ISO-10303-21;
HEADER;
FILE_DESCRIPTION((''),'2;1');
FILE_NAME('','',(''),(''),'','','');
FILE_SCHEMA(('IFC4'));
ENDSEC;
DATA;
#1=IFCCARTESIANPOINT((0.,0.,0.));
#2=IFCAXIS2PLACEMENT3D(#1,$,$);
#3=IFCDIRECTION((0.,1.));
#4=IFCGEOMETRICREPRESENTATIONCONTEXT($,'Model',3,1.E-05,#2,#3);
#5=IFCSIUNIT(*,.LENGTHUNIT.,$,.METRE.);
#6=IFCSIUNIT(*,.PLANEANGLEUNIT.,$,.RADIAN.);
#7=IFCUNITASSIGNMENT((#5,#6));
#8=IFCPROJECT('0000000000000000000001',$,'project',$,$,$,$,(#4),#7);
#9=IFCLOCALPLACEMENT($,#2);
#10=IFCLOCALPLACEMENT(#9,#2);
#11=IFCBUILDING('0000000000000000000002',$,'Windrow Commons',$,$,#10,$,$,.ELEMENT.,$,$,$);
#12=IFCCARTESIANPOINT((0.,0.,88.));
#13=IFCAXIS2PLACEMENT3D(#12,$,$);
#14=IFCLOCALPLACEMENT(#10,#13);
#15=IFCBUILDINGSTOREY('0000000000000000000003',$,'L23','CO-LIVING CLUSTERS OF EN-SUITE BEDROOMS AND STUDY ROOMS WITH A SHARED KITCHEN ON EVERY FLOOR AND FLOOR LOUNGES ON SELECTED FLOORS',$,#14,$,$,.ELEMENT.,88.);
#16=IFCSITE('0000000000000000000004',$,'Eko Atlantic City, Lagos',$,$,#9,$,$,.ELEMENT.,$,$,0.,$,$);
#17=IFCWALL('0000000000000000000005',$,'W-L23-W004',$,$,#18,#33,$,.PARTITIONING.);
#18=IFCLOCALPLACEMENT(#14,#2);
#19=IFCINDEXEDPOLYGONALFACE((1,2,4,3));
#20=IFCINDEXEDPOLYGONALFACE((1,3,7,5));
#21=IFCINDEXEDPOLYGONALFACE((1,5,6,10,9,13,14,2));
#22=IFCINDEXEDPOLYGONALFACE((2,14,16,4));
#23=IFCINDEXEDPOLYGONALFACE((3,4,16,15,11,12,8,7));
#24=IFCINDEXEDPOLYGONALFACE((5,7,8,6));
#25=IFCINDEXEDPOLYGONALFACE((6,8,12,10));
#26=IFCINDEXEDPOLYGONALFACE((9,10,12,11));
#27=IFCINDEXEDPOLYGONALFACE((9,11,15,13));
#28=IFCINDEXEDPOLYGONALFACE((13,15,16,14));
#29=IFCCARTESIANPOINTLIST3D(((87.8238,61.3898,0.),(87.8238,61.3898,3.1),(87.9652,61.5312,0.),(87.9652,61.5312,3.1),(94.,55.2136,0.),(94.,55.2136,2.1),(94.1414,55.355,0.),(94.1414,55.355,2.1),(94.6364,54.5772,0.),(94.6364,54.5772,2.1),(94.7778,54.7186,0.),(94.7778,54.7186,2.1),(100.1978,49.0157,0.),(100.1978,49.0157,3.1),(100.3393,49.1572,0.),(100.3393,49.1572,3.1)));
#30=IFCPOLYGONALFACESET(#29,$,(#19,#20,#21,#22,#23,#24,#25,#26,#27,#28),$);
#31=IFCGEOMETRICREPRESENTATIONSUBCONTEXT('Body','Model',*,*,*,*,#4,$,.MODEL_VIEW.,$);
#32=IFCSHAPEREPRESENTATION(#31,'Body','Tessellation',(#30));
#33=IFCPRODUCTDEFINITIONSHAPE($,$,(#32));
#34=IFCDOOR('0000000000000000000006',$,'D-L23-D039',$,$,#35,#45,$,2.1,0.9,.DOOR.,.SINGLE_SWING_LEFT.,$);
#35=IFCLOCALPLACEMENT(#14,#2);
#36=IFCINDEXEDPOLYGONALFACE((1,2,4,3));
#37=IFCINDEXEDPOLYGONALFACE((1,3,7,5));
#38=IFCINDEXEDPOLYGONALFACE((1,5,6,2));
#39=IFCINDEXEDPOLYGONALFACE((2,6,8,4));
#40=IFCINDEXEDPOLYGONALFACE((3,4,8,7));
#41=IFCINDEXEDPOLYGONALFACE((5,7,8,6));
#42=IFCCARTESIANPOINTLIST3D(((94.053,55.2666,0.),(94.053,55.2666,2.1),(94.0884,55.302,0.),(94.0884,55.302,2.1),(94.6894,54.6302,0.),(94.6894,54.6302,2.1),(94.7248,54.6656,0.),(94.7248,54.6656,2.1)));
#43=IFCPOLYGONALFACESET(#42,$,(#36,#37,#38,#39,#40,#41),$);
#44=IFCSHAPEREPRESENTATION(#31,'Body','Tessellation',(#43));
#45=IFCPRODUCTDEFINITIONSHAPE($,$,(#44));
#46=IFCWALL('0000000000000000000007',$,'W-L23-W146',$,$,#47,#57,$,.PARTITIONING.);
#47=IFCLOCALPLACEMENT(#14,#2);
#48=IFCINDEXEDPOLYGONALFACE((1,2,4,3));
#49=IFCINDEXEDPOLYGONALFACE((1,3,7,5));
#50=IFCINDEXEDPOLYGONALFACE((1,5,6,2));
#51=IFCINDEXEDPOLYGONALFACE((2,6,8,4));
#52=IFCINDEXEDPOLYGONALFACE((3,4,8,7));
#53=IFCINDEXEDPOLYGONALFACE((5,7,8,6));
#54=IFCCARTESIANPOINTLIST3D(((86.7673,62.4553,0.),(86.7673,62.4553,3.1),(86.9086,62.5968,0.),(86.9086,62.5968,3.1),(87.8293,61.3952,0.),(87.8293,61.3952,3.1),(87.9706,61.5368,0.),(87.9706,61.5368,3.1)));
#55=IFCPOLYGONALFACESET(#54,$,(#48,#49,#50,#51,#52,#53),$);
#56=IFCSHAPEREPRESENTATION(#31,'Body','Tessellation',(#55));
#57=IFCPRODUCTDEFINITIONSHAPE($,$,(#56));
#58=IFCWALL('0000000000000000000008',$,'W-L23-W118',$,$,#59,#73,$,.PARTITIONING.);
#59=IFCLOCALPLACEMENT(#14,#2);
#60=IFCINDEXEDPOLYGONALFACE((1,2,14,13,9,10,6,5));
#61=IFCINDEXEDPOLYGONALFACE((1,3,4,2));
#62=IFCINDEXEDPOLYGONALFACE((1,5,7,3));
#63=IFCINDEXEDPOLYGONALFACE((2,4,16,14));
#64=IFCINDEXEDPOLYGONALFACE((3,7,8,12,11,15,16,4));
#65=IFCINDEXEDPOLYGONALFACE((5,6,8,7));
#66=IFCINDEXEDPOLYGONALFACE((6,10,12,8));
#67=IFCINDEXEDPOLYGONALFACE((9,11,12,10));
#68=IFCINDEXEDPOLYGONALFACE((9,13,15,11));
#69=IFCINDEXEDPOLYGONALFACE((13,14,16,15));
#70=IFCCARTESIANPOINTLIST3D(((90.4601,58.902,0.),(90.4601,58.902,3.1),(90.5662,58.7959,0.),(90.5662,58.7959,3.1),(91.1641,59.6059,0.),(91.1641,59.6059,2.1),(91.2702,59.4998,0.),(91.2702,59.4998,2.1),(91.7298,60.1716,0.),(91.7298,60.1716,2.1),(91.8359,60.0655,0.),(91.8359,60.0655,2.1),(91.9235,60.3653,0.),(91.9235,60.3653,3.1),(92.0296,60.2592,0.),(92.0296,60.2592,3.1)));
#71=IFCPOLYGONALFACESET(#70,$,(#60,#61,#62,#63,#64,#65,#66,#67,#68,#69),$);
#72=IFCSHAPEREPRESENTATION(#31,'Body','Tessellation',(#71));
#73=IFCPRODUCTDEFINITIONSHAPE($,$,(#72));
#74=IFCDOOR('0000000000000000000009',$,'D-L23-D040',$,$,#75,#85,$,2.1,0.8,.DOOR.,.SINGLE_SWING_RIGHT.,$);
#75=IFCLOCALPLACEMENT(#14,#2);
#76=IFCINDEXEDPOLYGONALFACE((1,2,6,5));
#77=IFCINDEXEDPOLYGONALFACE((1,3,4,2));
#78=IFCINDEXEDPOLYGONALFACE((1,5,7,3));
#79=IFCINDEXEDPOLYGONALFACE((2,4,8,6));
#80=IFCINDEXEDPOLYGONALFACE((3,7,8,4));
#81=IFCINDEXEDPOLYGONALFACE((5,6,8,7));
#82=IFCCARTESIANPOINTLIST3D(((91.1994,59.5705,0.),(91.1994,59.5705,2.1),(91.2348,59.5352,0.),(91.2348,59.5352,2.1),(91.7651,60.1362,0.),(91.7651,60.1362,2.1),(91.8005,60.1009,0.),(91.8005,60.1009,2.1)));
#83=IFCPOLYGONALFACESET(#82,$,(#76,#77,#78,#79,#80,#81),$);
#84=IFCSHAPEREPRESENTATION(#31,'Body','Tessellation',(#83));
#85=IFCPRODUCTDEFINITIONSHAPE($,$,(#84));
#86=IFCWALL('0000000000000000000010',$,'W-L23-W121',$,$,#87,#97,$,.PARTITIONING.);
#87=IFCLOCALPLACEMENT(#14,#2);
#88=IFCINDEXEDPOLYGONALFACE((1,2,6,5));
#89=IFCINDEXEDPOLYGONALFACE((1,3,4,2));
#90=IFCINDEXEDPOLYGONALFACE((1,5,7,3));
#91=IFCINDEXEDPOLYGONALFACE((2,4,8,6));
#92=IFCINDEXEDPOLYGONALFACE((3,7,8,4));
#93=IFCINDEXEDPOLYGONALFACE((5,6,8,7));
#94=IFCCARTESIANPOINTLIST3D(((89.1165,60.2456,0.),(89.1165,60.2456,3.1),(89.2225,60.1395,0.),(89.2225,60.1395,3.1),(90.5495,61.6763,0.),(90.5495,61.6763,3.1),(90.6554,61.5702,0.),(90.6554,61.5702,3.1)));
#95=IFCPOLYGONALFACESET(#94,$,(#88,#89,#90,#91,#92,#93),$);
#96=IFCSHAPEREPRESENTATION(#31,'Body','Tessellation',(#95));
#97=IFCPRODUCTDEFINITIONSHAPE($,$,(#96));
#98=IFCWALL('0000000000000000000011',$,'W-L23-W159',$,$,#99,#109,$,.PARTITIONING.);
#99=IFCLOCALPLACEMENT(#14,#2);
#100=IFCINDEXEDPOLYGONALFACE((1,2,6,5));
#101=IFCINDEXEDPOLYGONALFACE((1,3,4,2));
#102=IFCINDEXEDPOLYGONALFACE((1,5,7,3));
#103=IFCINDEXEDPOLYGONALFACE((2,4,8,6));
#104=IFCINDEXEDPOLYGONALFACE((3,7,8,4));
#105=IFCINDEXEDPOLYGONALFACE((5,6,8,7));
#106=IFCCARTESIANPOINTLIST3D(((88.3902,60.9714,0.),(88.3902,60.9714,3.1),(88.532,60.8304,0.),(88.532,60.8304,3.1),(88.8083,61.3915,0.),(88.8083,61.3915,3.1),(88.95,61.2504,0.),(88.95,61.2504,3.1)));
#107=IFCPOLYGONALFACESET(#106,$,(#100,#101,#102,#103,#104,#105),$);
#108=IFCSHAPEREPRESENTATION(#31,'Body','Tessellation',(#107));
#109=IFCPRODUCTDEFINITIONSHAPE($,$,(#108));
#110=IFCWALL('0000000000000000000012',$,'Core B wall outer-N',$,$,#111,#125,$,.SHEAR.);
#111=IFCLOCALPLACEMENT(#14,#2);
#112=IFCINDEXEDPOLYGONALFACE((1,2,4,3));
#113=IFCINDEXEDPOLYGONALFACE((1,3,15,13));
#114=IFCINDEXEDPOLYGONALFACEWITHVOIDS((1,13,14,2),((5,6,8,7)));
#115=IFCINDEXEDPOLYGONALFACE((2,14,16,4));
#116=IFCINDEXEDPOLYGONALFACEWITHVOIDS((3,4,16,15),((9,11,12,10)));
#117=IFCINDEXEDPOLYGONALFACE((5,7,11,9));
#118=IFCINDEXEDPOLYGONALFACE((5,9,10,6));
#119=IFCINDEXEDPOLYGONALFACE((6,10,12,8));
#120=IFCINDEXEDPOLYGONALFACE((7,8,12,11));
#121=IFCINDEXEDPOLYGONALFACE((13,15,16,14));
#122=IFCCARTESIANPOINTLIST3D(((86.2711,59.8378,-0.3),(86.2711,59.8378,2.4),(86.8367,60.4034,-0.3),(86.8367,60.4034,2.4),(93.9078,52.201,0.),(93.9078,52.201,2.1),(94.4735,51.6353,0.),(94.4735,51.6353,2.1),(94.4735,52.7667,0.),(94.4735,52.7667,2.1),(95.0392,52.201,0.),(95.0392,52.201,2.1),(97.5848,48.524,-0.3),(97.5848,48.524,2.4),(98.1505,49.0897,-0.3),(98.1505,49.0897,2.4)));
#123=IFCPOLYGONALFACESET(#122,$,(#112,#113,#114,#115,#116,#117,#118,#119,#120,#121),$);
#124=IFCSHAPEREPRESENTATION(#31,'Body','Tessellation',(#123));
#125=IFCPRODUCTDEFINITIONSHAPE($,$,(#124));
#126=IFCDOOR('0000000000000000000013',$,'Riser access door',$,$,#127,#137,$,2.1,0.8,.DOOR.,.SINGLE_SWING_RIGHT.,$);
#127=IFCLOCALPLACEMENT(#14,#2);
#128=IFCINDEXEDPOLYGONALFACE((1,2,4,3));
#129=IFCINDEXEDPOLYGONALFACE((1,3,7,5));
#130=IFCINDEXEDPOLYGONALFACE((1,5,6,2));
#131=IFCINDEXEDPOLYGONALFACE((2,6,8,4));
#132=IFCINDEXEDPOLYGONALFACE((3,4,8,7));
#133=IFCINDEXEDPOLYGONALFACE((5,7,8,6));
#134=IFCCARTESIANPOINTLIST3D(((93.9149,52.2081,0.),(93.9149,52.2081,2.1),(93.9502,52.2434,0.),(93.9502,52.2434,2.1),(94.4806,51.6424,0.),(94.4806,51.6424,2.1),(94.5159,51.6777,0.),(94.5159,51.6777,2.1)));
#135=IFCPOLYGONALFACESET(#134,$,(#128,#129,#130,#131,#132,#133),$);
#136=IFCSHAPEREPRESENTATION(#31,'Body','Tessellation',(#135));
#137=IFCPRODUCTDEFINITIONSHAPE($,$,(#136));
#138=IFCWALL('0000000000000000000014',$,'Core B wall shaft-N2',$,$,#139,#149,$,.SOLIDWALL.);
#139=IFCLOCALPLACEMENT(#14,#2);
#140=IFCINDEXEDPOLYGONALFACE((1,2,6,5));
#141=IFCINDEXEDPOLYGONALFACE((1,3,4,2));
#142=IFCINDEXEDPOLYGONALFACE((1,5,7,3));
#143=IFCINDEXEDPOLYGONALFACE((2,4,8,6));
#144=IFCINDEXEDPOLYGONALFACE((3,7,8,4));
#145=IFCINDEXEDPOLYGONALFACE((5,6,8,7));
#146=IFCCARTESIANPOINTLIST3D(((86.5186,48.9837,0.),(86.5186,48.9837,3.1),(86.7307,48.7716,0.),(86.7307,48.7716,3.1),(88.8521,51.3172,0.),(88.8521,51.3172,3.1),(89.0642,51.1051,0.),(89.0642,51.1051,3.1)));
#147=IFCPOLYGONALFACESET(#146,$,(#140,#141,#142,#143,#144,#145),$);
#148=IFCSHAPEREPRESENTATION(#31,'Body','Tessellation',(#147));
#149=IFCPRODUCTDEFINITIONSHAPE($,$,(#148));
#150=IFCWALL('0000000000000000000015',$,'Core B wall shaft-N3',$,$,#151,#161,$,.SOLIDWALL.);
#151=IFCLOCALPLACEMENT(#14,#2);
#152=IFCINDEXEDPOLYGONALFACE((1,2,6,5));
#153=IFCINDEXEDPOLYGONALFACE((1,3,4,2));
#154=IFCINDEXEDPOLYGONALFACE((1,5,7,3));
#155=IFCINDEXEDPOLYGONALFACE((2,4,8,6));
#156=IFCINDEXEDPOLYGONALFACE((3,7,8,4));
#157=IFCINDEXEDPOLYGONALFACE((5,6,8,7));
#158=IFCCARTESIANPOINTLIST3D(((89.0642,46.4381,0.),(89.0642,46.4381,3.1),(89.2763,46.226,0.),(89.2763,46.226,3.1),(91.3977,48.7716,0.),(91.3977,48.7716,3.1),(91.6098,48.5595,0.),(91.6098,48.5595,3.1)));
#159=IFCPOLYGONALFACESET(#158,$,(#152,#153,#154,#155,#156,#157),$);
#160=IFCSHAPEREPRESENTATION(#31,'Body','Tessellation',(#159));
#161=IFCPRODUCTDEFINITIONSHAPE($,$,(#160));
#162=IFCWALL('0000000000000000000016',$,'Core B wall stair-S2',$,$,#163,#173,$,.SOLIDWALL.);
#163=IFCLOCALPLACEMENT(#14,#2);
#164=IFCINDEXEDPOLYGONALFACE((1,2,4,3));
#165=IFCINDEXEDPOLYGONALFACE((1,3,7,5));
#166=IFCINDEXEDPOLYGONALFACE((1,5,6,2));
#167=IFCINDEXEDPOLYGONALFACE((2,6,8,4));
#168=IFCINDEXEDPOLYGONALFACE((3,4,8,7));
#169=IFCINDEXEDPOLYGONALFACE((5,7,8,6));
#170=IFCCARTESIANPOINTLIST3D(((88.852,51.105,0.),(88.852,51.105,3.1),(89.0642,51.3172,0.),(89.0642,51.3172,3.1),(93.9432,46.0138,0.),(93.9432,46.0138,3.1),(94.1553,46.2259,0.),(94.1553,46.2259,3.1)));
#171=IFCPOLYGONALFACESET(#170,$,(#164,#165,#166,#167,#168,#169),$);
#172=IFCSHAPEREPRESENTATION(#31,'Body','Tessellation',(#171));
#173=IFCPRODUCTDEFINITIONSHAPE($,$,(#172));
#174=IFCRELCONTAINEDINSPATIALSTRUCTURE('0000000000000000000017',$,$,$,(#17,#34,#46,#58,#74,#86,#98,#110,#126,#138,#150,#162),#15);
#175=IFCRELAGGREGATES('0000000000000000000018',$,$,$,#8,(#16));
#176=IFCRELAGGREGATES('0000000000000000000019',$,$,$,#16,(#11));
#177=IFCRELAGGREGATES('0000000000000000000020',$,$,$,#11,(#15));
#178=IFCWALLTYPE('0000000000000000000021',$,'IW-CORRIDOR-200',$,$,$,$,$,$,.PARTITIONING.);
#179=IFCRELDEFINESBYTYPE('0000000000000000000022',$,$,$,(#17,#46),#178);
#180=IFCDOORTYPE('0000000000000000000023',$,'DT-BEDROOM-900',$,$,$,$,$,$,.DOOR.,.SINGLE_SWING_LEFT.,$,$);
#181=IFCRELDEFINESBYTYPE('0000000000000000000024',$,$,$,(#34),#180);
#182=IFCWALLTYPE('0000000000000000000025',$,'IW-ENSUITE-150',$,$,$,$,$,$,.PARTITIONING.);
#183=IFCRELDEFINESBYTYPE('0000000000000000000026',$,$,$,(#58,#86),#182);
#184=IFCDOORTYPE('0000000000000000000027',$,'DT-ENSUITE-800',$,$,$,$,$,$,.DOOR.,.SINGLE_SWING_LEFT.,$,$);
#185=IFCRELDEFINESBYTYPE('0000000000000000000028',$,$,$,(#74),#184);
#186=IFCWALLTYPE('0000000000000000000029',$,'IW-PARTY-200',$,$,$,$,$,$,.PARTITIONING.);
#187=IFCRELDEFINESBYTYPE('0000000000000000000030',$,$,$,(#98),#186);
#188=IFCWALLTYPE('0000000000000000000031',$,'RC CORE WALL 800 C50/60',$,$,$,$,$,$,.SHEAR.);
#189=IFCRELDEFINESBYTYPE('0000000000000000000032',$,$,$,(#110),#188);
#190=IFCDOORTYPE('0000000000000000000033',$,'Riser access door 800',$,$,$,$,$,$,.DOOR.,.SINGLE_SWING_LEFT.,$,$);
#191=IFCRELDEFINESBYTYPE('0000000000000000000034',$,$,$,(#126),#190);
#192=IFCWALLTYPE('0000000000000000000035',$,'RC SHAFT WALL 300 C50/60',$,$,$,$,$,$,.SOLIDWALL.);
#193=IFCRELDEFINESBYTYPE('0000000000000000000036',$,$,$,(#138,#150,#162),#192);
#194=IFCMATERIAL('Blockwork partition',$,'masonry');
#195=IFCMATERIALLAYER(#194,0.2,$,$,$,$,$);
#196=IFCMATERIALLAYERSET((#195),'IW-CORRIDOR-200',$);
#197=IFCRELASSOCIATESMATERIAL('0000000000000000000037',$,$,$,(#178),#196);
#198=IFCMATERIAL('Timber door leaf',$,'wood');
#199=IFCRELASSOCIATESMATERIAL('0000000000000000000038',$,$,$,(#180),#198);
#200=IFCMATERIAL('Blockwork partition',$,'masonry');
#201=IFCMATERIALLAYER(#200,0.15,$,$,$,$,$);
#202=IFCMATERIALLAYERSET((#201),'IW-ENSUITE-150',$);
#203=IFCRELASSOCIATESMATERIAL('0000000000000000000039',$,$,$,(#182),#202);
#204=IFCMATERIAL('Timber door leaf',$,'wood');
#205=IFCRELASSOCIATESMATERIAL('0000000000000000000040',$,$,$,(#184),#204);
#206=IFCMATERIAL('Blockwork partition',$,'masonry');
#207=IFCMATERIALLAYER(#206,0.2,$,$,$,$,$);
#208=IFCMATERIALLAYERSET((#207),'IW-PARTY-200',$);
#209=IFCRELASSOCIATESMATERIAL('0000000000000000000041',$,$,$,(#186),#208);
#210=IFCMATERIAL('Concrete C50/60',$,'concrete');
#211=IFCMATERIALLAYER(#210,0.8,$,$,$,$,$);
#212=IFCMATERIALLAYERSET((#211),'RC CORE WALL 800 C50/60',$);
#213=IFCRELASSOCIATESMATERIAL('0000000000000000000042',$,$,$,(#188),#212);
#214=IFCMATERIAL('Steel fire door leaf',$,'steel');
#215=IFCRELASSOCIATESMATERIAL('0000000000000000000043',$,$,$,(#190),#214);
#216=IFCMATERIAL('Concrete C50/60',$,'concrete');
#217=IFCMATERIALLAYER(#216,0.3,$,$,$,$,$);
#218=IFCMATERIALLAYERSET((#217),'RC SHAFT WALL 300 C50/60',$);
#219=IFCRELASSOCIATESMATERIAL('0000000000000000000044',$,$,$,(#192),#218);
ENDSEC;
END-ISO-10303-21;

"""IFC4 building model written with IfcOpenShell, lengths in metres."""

from ifc_helpers import new_model, si_unit, direction, frame, frame_2d, origin, place, context, subcontext, project, spatial, rectangle, extrude, material, layer, layer_set, type_object, element, fill, save


model = new_model("IFC4")

# Units and contexts
model_context = context("Model", 3, precision=1e-05, world=origin(), true_north=direction((0.0, 1.0)))
body_context = subcontext(model_context, "Body", "Model", "MODEL_VIEW")
ifc_project = project(units=[si_unit("LENGTHUNIT", "METRE"), si_unit("PLANEANGLEUNIT", "RADIAN")], contexts=[model_context])

# Site, building, storey
site_placement = place(None, origin())
site = spatial("IfcSite", under=ifc_project, at=site_placement, Name="Eko Atlantic City, Lagos", CompositionType="ELEMENT", RefElevation=0.0)
building_placement = place(site_placement, origin())
building = spatial("IfcBuilding", under=site, at=building_placement, Name="Windrow Commons", CompositionType="ELEMENT")
storey_placement = place(building_placement, frame((0.0, 0.0, 88.0)))
storey = spatial("IfcBuildingStorey", under=building, at=storey_placement, Name="L23", Description="CO-LIVING CLUSTERS OF EN-SUITE BEDROOMS AND STUDY ROOMS WITH A SHARED KITCHEN ON EVERY FLOOR AND FLOOR LOUNGES ON SELECTED FLOORS", CompositionType="ELEMENT", Elevation=88.0)

# Wall, opening, door
ifc_material_1 = material(Name="Blockwork partition", Category="masonry")
ifc_layer_1 = layer(ifc_material_1, 0.2)
ifc_layer_set_1 = layer_set([ifc_layer_1], Name="IW-CORRIDOR-200")
wall_type_1 = type_object("IfcWallType", Name="IW-CORRIDOR-200", PredefinedType="PARTITIONING", material=ifc_layer_set_1)
wall_1_placement = place(storey_placement, frame((87.8945, 61.4605, 0.0), z_axis=(0.0, 0.0, 1.0), x_axis=(0.707107, -0.707107, 0.0)))
wall_1 = element("IfcWall", 1, at=wall_1_placement, inside=storey, type_object=wall_type_1, Name="W-L23-W004", PredefinedType="PARTITIONING", context=body_context, shape_type="SweptSolid", body=[
    extrude(rectangle(XDim=17.4995, YDim=0.2, at=frame_2d((8.7498, 0.0))), origin(), (0.0, 0.0, 1.0), 3.1),
])
opening_1_placement = place(wall_1_placement, frame((8.7345, 0.0, 0.0)))
opening_1 = element("IfcOpeningElement", 2, at=opening_1_placement, cuts=wall_1, PredefinedType="OPENING", context=body_context, shape_type="SweptSolid", body=[
    extrude(rectangle(XDim=0.9, YDim=2.1, at=frame_2d((0.45, 1.05))), frame((0.0, 0.11, 0.0), z_axis=(0.0, -1.0, 0.0), x_axis=(1.0, 0.0, 0.0)), (0.0, 0.0, 1.0), 0.22),
])
ifc_material_2 = material(Name="Timber door leaf", Category="wood")
door_type_1 = type_object("IfcDoorType", Name="DT-BEDROOM-900", OperationType="SINGLE_SWING_LEFT", PredefinedType="DOOR", material=ifc_material_2)
door_1_placement = place(opening_1_placement, origin())
door_1 = element("IfcDoor", 3, at=door_1_placement, inside=storey, type_object=door_type_1, Name="D-L23-D039", OperationType="SINGLE_SWING_LEFT", OverallHeight=2.1, OverallWidth=0.9, PredefinedType="DOOR", context=body_context, shape_type="SweptSolid", body=[
    extrude(rectangle(XDim=0.9, YDim=2.1, at=frame_2d((0.45, 1.05))), frame((0.0, 0.025, 0.0), z_axis=(0.0, -1.0, 0.0), x_axis=(1.0, 0.0, 0.0)), (0.0, 0.0, 1.0), 0.05),
])
fill(opening_1, door_1)

# Wall
wall_2_placement = place(storey_placement, frame((86.838, 62.526, 0.0), z_axis=(0.0, 0.0, 1.0), x_axis=(0.707773, -0.70644, 0.0)))
element("IfcWall", 4, at=wall_2_placement, inside=storey, type_object=wall_type_1, Name="W-L23-W146", PredefinedType="PARTITIONING", context=body_context, shape_type="SweptSolid", body=[
    extrude(rectangle(XDim=1.5005, YDim=0.2, at=frame_2d((0.7502, 0.0))), origin(), (0.0, 0.0, 1.0), 3.1),
])

# Wall, opening, door
ifc_material_3 = material(Name="Blockwork partition", Category="masonry")
ifc_layer_2 = layer(ifc_material_3, 0.15)
ifc_layer_set_2 = layer_set([ifc_layer_2], Name="IW-ENSUITE-150")
wall_type_2 = type_object("IfcWallType", Name="IW-ENSUITE-150", PredefinedType="PARTITIONING", material=ifc_layer_set_2)
wall_3_placement = place(storey_placement, frame((90.5131, 58.8489, 0.0), z_axis=(0.0, 0.0, 1.0), x_axis=(0.707131, 0.707083, 0.0)))
wall_3 = element("IfcWall", 5, at=wall_3_placement, inside=storey, type_object=wall_type_2, Name="W-L23-W118", PredefinedType="PARTITIONING", context=body_context, shape_type="SweptSolid", body=[
    extrude(rectangle(XDim=2.0695, YDim=0.15, at=frame_2d((1.0348, 0.0))), origin(), (0.0, 0.0, 1.0), 3.1),
])
opening_2_placement = place(wall_3_placement, frame((0.9956, 0.0, 0.0)))
opening_2 = element("IfcOpeningElement", 6, at=opening_2_placement, cuts=wall_3, PredefinedType="OPENING", context=body_context, shape_type="SweptSolid", body=[
    extrude(rectangle(XDim=0.8, YDim=2.1, at=frame_2d((0.4, 1.05))), frame((0.0, 0.085, 0.0), z_axis=(0.0, -1.0, 0.0), x_axis=(1.0, 0.0, 0.0)), (0.0, 0.0, 1.0), 0.17),
])
ifc_material_4 = material(Name="Timber door leaf", Category="wood")
door_type_2 = type_object("IfcDoorType", Name="DT-ENSUITE-800", OperationType="SINGLE_SWING_LEFT", PredefinedType="DOOR", material=ifc_material_4)
door_2_placement = place(opening_2_placement, origin())
door_2 = element("IfcDoor", 7, at=door_2_placement, inside=storey, type_object=door_type_2, Name="D-L23-D040", OperationType="SINGLE_SWING_RIGHT", OverallHeight=2.1, OverallWidth=0.8, PredefinedType="DOOR", context=body_context, shape_type="SweptSolid", body=[
    extrude(rectangle(XDim=0.8, YDim=2.1, at=frame_2d((0.4, 1.05))), frame((0.0, 0.025, 0.0), z_axis=(0.0, -1.0, 0.0), x_axis=(1.0, 0.0, 0.0)), (0.0, 0.0, 1.0), 0.05),
])
fill(opening_2, door_2)

# Walls
wall_4_placement = place(storey_placement, frame((89.1695, 60.1925, 0.0), z_axis=(0.0, 0.0, 1.0), x_axis=(0.70765, 0.706563, 0.0)))
element("IfcWall", 8, at=wall_4_placement, inside=storey, type_object=wall_type_2, Name="W-L23-W121", PredefinedType="PARTITIONING", context=body_context, shape_type="SweptSolid", body=[
    extrude(rectangle(XDim=2.0249, YDim=0.15, at=frame_2d((1.0125, 0.0))), origin(), (0.0, 0.0, 1.0), 3.1),
])
ifc_material_5 = material(Name="Blockwork partition", Category="masonry")
ifc_layer_3 = layer(ifc_material_5, 0.2)
ifc_layer_set_3 = layer_set([ifc_layer_3], Name="IW-PARTY-200")
wall_type_3 = type_object("IfcWallType", Name="IW-PARTY-200", PredefinedType="PARTITIONING", material=ifc_layer_set_3)
wall_5_placement = place(storey_placement, frame((88.4611, 60.9009, 0.0), z_axis=(0.0, 0.0, 1.0), x_axis=(0.705417, 0.708792, 0.0)))
element("IfcWall", 9, at=wall_5_placement, inside=storey, type_object=wall_type_3, Name="W-L23-W159", PredefinedType="PARTITIONING", context=body_context, shape_type="SweptSolid", body=[
    extrude(rectangle(XDim=0.5926, YDim=0.2, at=frame_2d((0.2963, 0.0))), origin(), (0.0, 0.0, 1.0), 3.1),
])

# Wall, opening, door
ifc_material_6 = material(Name="Concrete C50/60", Category="concrete")
ifc_layer_4 = layer(ifc_material_6, 0.8)
ifc_layer_set_4 = layer_set([ifc_layer_4], Name="RC CORE WALL 800 C50/60")
wall_type_4 = type_object("IfcWallType", Name="RC CORE WALL 800 C50/60", PredefinedType="SHEAR", material=ifc_layer_set_4)
wall_6_placement = place(storey_placement, frame((86.5539, 60.1206, -0.3), z_axis=(0.0, 0.0, 1.0), x_axis=(0.707107, -0.707107, 0.0)))
wall_6 = element("IfcWall", 10, at=wall_6_placement, inside=storey, type_object=wall_type_4, Name="Core B wall outer-N", PredefinedType="SHEAR", context=body_context, shape_type="SweptSolid", body=[
    extrude(rectangle(XDim=16.0, YDim=0.8, at=frame_2d((8.0, 0.0))), origin(), (0.0, 0.0, 1.0), 2.7),
])
opening_3_placement = place(wall_6_placement, frame((10.8, 0.0, 0.3)))
opening_3 = element("IfcOpeningElement", 11, at=opening_3_placement, cuts=wall_6, PredefinedType="OPENING", context=body_context, shape_type="SweptSolid", body=[
    extrude(rectangle(XDim=0.8, YDim=2.1, at=frame_2d((0.4, 1.05))), frame((0.0, 0.41, 0.0), z_axis=(0.0, -1.0, 0.0), x_axis=(1.0, 0.0, 0.0)), (0.0, 0.0, 1.0), 0.82),
])
ifc_material_7 = material(Name="Steel fire door leaf", Category="steel")
door_type_3 = type_object("IfcDoorType", Name="Riser access door 800", OperationType="SINGLE_SWING_LEFT", PredefinedType="DOOR", material=ifc_material_7)
door_3_placement = place(opening_3_placement, origin())
door_3 = element("IfcDoor", 12, at=door_3_placement, inside=storey, type_object=door_type_3, Name="Riser access door", OperationType="SINGLE_SWING_RIGHT", OverallHeight=2.1, OverallWidth=0.8, PredefinedType="DOOR", context=body_context, shape_type="SweptSolid", body=[
    extrude(rectangle(XDim=0.8, YDim=2.1, at=frame_2d((0.4, 1.05))), frame((0.0, -0.34, 0.0), z_axis=(0.0, -1.0, 0.0), x_axis=(1.0, 0.0, 0.0)), (0.0, 0.0, 1.0), 0.05),
])
fill(opening_3, door_3)

# Walls
ifc_material_8 = material(Name="Concrete C50/60", Category="concrete")
ifc_layer_5 = layer(ifc_material_8, 0.3)
ifc_layer_set_5 = layer_set([ifc_layer_5], Name="RC SHAFT WALL 300 C50/60")
wall_type_5 = type_object("IfcWallType", Name="RC SHAFT WALL 300 C50/60", PredefinedType="SOLIDWALL", material=ifc_layer_set_5)
for number, where, z_axis, x_axis, name in (
    (13, (86.6246, 48.8776, 0.0), (0.0, 0.0, 1.0), (0.707107, 0.707107, 0.0), "Core B wall shaft-N2"),
    (14, (89.1702, 46.332, 0.0), (0.0, 0.0, 1.0), (0.707107, 0.707107, 0.0), "Core B wall shaft-N3"),
):
    element("IfcWall", number, at=place(storey_placement, frame(where, z_axis=z_axis, x_axis=x_axis)), inside=storey, type_object=wall_type_5, Name=name, PredefinedType="SOLIDWALL", context=body_context, shape_type="SweptSolid", body=[
        extrude(rectangle(XDim=3.3001, YDim=0.3, at=frame_2d((1.6501, 0.0))), origin(), (0.0, 0.0, 1.0), 3.1),
    ])
wall_7_placement = place(storey_placement, frame((88.9581, 51.2111, 0.0), z_axis=(0.0, 0.0, 1.0), x_axis=(0.7071, -0.707114, 0.0)))
element("IfcWall", 15, at=wall_7_placement, inside=storey, type_object=wall_type_5, Name="Core B wall stair-S2", PredefinedType="SOLIDWALL", context=body_context, shape_type="SweptSolid", body=[
    extrude(rectangle(XDim=7.2, YDim=0.3, at=frame_2d((3.6, 0.0))), origin(), (0.0, 0.0, 1.0), 3.1),
])

save(model, "model.ifc")
